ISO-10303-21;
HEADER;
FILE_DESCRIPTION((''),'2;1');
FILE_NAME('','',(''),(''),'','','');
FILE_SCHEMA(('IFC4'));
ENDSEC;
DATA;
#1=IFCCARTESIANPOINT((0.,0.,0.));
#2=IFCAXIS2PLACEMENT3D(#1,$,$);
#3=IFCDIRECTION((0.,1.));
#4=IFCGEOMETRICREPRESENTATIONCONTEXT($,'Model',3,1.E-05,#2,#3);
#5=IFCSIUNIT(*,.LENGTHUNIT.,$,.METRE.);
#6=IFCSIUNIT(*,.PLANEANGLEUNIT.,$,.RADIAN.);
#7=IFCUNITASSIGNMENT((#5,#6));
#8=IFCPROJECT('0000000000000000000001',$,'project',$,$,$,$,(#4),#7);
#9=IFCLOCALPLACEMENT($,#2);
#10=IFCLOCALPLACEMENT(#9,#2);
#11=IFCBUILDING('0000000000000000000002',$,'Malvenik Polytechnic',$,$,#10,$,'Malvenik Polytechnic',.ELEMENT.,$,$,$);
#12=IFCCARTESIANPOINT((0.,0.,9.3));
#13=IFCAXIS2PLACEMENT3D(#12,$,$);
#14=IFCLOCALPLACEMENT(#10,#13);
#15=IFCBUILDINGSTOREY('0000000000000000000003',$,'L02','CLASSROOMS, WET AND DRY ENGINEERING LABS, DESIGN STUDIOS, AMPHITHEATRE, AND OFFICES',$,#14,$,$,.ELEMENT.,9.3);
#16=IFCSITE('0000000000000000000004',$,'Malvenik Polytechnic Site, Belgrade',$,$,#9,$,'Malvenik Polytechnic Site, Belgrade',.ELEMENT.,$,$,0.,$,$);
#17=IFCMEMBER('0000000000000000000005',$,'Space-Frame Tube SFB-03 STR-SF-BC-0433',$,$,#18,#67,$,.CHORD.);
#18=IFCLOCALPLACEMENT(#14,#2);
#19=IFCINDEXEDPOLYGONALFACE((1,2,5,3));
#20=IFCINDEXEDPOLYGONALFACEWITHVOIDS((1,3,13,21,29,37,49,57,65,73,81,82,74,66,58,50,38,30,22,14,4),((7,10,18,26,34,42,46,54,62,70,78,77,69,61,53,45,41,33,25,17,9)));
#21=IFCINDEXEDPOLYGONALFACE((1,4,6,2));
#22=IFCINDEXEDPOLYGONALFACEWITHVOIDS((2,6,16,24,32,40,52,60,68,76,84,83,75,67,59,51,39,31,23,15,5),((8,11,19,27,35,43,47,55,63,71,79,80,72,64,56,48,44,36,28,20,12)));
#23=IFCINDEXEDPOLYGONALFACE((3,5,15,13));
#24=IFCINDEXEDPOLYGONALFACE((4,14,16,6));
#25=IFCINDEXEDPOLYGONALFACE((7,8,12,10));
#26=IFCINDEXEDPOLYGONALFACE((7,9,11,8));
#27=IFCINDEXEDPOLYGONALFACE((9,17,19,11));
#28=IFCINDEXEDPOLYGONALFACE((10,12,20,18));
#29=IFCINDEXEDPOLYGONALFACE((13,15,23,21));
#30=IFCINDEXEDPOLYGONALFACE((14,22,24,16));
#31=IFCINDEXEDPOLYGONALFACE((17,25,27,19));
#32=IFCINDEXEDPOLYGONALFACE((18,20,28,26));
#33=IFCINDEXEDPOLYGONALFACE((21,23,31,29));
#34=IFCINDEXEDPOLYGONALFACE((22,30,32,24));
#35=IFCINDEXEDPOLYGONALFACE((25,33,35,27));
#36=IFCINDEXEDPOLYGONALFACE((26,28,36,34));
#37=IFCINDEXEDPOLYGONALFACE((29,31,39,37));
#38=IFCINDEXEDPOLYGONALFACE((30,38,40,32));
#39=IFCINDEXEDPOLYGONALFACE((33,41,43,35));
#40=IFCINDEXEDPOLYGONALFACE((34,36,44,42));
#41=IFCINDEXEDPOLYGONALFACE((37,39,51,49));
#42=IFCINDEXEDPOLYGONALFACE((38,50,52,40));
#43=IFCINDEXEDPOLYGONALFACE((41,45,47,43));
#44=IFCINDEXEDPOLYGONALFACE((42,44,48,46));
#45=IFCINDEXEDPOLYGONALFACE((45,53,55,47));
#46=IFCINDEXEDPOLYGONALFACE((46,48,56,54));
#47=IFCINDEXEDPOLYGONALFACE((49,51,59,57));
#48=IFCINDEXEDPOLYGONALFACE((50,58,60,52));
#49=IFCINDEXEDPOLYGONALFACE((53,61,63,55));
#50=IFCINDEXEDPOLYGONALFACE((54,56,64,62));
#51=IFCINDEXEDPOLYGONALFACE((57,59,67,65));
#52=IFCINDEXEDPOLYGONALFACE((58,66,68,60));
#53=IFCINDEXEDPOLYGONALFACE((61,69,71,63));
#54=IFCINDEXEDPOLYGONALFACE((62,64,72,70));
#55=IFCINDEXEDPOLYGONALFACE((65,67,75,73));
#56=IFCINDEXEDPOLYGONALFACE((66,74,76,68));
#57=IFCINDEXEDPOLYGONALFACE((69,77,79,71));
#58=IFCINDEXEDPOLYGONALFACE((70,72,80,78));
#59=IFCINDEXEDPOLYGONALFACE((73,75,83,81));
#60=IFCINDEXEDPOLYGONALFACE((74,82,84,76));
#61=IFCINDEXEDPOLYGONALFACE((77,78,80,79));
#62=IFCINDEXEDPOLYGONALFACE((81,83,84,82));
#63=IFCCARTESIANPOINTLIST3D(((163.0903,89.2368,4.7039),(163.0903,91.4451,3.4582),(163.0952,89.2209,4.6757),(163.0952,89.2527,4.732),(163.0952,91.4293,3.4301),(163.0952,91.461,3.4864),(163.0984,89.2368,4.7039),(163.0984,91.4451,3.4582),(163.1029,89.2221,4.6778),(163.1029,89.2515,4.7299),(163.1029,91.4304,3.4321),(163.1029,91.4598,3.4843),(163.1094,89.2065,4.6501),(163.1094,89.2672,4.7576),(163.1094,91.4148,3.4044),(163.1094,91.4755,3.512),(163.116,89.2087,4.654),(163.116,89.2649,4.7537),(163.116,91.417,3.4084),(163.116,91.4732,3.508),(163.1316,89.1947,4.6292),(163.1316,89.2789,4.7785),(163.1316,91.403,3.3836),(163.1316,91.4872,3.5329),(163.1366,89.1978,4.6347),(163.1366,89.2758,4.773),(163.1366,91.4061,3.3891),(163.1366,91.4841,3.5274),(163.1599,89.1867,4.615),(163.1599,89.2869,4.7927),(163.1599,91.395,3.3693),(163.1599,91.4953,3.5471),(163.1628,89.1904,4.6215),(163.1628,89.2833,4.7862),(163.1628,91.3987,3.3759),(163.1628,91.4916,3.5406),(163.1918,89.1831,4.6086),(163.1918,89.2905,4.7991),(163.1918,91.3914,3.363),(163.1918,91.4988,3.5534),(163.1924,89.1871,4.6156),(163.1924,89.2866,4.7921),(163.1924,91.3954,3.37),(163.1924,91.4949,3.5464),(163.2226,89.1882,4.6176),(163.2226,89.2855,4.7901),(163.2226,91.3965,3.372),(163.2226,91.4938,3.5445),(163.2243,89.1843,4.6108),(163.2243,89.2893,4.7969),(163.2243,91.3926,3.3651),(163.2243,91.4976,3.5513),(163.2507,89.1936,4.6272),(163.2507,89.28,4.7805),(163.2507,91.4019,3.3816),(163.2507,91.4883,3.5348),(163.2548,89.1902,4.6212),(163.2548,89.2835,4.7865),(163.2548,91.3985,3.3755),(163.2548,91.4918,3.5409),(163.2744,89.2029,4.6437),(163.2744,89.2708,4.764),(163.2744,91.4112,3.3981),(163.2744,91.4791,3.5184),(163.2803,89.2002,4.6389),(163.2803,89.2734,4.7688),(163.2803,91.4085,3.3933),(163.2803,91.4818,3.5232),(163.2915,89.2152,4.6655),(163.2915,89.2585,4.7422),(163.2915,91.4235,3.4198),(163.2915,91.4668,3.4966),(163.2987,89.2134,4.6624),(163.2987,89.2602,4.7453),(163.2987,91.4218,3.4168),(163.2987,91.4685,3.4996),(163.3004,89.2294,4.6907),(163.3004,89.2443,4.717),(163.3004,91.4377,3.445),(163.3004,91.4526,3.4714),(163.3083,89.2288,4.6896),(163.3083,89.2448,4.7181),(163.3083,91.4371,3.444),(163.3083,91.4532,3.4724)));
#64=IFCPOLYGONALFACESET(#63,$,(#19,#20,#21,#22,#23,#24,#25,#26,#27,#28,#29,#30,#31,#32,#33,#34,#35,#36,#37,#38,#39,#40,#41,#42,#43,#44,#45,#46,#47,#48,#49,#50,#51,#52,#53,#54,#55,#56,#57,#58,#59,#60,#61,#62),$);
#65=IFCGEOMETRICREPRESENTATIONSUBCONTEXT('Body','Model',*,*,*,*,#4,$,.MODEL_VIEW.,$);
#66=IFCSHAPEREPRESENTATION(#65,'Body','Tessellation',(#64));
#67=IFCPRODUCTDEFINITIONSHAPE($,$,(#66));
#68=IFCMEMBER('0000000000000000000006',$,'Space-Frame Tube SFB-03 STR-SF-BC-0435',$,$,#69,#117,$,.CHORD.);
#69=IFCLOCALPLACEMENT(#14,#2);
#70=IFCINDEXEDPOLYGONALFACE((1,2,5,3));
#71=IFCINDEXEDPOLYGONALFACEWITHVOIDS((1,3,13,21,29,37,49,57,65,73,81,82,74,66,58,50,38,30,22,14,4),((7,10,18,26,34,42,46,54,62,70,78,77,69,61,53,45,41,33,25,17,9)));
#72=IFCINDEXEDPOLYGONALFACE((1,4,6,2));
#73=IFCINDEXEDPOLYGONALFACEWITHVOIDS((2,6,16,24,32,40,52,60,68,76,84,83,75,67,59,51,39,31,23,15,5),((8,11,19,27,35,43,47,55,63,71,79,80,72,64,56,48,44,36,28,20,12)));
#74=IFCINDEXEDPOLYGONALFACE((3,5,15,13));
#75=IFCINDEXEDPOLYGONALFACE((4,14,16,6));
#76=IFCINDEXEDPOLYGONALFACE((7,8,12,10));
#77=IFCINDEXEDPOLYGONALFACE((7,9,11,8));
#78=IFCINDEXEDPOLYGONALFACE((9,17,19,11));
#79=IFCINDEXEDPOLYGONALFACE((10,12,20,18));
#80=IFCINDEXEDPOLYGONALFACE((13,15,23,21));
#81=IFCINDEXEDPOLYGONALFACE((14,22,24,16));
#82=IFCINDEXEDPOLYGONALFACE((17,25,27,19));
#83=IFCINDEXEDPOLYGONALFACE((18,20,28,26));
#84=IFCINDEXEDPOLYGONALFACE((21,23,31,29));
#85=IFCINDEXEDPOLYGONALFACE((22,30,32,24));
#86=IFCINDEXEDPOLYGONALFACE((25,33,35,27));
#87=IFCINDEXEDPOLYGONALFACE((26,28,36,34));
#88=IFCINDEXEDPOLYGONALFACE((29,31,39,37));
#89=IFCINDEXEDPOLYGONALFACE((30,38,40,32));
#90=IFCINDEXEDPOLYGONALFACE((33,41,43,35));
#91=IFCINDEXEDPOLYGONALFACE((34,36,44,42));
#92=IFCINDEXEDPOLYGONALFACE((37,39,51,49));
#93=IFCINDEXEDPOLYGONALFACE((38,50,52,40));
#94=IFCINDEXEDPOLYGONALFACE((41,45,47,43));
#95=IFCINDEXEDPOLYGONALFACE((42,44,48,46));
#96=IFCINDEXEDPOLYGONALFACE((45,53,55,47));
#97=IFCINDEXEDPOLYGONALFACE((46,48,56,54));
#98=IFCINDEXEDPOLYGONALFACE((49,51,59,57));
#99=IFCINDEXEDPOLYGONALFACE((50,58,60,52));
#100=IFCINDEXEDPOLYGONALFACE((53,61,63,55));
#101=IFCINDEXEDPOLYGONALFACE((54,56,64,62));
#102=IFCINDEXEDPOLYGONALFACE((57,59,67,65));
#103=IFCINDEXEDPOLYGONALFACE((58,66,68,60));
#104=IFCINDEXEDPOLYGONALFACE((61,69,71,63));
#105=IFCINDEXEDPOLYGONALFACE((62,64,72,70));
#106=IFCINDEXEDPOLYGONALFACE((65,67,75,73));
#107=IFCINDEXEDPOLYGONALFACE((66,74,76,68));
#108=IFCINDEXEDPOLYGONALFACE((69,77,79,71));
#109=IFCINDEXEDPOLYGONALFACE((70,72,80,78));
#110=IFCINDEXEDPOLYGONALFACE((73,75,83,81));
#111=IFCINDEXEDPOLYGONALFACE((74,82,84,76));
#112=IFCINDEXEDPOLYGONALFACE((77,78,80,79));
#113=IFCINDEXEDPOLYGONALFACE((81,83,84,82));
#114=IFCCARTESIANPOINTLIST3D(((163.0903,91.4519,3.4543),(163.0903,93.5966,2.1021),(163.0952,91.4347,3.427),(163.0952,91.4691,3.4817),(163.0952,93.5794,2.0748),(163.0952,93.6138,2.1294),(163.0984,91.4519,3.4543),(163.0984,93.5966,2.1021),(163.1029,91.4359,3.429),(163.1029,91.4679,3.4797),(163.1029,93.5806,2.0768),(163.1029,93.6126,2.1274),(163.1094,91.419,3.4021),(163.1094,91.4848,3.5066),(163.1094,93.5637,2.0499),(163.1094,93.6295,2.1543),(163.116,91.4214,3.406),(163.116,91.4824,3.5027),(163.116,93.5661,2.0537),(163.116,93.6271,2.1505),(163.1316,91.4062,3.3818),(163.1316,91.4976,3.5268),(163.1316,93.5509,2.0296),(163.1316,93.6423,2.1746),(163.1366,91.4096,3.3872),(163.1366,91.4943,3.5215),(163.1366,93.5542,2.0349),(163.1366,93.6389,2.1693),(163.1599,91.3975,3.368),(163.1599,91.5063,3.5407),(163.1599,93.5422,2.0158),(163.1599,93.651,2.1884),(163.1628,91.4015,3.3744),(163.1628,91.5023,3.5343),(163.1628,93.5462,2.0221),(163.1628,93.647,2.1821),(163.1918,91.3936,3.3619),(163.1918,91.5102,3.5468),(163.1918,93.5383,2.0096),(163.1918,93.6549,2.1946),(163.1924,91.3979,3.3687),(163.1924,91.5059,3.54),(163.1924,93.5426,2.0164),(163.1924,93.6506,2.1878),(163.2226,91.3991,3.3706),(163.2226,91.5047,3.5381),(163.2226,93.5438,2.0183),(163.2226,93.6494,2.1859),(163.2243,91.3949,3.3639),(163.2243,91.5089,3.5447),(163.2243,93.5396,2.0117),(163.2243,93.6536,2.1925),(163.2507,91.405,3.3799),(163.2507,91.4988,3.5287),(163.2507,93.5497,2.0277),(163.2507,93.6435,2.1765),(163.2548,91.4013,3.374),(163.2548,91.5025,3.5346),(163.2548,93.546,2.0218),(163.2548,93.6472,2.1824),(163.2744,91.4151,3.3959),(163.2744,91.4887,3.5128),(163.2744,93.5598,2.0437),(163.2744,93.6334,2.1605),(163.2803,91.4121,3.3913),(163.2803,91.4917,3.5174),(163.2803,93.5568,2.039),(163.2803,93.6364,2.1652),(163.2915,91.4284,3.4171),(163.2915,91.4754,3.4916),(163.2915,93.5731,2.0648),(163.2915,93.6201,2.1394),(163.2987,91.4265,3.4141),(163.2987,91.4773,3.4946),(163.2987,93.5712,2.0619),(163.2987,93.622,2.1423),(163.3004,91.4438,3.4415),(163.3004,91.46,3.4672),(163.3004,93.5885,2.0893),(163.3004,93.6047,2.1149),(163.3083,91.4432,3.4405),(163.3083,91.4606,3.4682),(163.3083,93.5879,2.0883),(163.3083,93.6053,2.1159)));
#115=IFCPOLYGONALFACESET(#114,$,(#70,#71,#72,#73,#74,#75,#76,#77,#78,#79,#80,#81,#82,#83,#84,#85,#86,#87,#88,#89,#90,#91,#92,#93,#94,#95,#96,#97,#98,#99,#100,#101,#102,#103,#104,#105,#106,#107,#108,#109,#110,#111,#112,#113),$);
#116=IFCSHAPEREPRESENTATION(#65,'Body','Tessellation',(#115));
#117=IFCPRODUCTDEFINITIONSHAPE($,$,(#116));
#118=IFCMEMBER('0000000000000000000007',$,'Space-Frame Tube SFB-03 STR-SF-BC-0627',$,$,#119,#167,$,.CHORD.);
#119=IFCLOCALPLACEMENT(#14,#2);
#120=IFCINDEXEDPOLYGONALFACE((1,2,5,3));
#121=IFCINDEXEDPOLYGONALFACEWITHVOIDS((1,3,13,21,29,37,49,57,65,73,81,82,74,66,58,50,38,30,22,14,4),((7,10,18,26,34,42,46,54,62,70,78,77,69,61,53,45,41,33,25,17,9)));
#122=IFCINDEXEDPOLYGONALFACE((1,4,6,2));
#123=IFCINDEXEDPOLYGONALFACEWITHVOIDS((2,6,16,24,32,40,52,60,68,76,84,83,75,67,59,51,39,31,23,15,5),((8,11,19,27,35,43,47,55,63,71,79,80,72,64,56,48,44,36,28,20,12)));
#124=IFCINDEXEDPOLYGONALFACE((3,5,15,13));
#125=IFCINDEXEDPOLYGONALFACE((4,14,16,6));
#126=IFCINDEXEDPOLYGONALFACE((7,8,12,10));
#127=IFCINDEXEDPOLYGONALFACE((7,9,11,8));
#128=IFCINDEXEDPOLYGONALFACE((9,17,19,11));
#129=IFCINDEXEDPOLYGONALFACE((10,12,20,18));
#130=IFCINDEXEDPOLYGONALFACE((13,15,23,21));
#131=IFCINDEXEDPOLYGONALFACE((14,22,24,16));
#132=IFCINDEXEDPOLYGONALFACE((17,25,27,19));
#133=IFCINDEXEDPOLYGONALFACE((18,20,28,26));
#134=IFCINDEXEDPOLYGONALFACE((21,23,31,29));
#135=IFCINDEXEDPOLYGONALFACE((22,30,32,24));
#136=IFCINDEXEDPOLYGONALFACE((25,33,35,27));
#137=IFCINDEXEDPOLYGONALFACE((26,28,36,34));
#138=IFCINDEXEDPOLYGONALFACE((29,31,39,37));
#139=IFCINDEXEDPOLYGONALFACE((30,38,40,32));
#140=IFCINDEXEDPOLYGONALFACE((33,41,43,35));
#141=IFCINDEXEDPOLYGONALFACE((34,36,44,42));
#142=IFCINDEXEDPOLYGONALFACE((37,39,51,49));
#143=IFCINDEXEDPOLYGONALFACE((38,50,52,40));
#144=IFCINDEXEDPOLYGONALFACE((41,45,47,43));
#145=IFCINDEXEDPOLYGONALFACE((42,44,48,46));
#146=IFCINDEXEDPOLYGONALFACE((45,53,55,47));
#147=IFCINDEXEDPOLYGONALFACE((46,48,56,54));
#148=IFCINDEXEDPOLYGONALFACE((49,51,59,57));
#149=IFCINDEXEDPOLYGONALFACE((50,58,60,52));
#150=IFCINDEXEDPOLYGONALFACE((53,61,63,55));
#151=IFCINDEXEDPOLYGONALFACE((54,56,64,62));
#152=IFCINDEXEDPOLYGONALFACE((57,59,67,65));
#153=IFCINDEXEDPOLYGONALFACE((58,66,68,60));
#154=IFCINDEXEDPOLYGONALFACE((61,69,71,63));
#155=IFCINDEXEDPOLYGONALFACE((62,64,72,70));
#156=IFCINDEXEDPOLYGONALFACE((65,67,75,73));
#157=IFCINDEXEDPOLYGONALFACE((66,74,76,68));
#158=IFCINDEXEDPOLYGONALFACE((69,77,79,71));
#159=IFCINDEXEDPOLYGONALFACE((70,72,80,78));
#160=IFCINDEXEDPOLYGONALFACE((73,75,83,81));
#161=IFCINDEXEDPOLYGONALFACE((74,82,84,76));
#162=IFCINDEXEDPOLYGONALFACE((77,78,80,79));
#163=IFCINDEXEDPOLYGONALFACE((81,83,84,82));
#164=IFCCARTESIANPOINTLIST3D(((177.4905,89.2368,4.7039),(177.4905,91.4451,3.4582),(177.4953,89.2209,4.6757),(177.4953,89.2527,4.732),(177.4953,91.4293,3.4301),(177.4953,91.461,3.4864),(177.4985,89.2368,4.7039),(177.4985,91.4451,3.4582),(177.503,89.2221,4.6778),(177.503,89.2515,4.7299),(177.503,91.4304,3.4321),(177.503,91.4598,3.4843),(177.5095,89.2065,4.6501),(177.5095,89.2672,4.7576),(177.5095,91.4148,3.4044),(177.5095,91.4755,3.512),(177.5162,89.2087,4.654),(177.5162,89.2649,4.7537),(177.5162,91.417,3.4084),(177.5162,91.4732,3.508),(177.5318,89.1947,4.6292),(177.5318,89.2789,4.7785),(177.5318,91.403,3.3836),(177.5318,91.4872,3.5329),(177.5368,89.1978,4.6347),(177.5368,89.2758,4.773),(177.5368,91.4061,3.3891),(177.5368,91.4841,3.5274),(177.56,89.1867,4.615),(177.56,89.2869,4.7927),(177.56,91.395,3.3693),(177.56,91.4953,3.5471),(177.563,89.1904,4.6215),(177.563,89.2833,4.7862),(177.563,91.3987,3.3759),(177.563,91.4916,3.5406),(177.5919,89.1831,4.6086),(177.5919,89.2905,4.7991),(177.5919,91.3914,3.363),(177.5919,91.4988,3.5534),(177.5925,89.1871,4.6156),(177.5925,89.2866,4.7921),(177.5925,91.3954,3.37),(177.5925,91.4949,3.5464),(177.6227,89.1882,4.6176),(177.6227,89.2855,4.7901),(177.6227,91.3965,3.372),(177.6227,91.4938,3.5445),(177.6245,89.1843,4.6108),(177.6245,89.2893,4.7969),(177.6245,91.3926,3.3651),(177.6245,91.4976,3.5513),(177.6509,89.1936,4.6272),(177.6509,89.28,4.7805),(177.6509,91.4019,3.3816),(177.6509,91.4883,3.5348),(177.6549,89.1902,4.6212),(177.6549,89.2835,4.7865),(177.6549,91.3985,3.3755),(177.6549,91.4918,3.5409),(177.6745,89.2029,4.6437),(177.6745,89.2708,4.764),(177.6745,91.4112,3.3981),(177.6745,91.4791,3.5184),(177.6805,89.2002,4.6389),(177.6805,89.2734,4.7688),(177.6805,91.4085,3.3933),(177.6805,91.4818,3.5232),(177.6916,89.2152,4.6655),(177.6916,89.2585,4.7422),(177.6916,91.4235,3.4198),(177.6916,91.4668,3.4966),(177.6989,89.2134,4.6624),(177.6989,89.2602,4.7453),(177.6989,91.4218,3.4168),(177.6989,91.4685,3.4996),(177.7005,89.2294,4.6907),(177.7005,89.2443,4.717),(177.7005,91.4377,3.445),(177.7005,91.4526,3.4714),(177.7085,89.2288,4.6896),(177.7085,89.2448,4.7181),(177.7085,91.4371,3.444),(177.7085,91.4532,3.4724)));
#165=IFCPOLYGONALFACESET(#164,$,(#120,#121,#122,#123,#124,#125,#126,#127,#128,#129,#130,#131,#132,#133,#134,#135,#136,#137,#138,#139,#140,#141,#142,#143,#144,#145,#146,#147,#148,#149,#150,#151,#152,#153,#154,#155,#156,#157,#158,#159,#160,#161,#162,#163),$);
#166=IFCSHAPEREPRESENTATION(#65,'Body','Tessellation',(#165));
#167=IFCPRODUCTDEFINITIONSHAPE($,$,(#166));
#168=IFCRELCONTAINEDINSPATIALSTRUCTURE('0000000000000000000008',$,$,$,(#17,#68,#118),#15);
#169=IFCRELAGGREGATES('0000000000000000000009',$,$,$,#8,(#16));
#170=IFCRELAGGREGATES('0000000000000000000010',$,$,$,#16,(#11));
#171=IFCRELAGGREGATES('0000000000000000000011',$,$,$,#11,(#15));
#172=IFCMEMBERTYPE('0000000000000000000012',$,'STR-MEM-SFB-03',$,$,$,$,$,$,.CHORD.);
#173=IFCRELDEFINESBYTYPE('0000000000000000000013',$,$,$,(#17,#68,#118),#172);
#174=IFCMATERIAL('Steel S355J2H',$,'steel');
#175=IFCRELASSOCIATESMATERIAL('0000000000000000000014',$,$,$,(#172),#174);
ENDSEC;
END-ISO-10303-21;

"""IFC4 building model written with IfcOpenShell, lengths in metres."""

from ifc_helpers import new_model, si_unit, direction, frame, origin, origin_2d, place, context, subcontext, project, spatial, hollow_circle, extrude, material, material_profile, profile_set, type_object, element, save


model = new_model("IFC4")

# Units and contexts
model_context = context("Model", 3, precision=1e-05, world=origin(), true_north=direction((0.0, 1.0)))
body_context = subcontext(model_context, "Body", "Model", "MODEL_VIEW")
ifc_project = project(units=[si_unit("LENGTHUNIT", "METRE"), si_unit("PLANEANGLEUNIT", "RADIAN")], contexts=[model_context])

# Site, building, storey
site_placement = place(None, origin())
site = spatial("IfcSite", under=ifc_project, at=site_placement, Name="Malvenik Polytechnic Site, Belgrade", LongName="Malvenik Polytechnic Site, Belgrade", CompositionType="ELEMENT", RefElevation=0.0)
building_placement = place(site_placement, origin())
building = spatial("IfcBuilding", under=site, at=building_placement, Name="Malvenik Polytechnic", LongName="Malvenik Polytechnic", CompositionType="ELEMENT")
storey_placement = place(building_placement, frame((0.0, 0.0, 9.3)))
storey = spatial("IfcBuildingStorey", under=building, at=storey_placement, Name="L02", Description="CLASSROOMS, WET AND DRY ENGINEERING LABS, DESIGN STUDIOS, AMPHITHEATRE, AND OFFICES", CompositionType="ELEMENT", Elevation=9.3)

# Members
ifc_material = material(Name="Steel S355J2H", Category="steel")
ifc_material_profile_1 = material_profile(ifc_material, hollow_circle(Radius=0.1096, WallThickness=0.0081, at=origin_2d()), Name="CHS 219.1x8.0")
ifc_profile_set_1 = profile_set([ifc_material_profile_1], Name="Steel S355J2H")
member_type_1 = type_object("IfcMemberType", Name="STR-MEM-SFB-03", PredefinedType="CHORD", material=ifc_profile_set_1)
for number, where, z_axis, x_axis, name in (
    (1, (163.2, 89.2368, 4.7039), (0.0, 0.870991, -0.491299), (-1.0, 0.0, 0.0), "Space-Frame Tube SFB-03 STR-SF-BC-0433"),
    (2, (163.2, 91.4519, 3.4543), (0.0, 0.845898, -0.533344), (-1.0, 0.0, 0.0), "Space-Frame Tube SFB-03 STR-SF-BC-0435"),
    (3, (177.6001, 89.2368, 4.7039), (0.0, 0.870991, -0.491299), (-1.0, 0.0, 0.0), "Space-Frame Tube SFB-03 STR-SF-BC-0627"),
):
    element("IfcMember", number, at=place(storey_placement, frame(where, z_axis=z_axis, x_axis=x_axis)), inside=storey, type_object=member_type_1, Name=name, PredefinedType="CHORD", context=body_context, shape_type="SweptSolid", body=[
        extrude(hollow_circle(Radius=0.1096, WallThickness=0.0081, at=origin_2d()), origin(), (0.0, 0.0, 1.0), 2.5354),
    ])

save(model, "model.ifc")
